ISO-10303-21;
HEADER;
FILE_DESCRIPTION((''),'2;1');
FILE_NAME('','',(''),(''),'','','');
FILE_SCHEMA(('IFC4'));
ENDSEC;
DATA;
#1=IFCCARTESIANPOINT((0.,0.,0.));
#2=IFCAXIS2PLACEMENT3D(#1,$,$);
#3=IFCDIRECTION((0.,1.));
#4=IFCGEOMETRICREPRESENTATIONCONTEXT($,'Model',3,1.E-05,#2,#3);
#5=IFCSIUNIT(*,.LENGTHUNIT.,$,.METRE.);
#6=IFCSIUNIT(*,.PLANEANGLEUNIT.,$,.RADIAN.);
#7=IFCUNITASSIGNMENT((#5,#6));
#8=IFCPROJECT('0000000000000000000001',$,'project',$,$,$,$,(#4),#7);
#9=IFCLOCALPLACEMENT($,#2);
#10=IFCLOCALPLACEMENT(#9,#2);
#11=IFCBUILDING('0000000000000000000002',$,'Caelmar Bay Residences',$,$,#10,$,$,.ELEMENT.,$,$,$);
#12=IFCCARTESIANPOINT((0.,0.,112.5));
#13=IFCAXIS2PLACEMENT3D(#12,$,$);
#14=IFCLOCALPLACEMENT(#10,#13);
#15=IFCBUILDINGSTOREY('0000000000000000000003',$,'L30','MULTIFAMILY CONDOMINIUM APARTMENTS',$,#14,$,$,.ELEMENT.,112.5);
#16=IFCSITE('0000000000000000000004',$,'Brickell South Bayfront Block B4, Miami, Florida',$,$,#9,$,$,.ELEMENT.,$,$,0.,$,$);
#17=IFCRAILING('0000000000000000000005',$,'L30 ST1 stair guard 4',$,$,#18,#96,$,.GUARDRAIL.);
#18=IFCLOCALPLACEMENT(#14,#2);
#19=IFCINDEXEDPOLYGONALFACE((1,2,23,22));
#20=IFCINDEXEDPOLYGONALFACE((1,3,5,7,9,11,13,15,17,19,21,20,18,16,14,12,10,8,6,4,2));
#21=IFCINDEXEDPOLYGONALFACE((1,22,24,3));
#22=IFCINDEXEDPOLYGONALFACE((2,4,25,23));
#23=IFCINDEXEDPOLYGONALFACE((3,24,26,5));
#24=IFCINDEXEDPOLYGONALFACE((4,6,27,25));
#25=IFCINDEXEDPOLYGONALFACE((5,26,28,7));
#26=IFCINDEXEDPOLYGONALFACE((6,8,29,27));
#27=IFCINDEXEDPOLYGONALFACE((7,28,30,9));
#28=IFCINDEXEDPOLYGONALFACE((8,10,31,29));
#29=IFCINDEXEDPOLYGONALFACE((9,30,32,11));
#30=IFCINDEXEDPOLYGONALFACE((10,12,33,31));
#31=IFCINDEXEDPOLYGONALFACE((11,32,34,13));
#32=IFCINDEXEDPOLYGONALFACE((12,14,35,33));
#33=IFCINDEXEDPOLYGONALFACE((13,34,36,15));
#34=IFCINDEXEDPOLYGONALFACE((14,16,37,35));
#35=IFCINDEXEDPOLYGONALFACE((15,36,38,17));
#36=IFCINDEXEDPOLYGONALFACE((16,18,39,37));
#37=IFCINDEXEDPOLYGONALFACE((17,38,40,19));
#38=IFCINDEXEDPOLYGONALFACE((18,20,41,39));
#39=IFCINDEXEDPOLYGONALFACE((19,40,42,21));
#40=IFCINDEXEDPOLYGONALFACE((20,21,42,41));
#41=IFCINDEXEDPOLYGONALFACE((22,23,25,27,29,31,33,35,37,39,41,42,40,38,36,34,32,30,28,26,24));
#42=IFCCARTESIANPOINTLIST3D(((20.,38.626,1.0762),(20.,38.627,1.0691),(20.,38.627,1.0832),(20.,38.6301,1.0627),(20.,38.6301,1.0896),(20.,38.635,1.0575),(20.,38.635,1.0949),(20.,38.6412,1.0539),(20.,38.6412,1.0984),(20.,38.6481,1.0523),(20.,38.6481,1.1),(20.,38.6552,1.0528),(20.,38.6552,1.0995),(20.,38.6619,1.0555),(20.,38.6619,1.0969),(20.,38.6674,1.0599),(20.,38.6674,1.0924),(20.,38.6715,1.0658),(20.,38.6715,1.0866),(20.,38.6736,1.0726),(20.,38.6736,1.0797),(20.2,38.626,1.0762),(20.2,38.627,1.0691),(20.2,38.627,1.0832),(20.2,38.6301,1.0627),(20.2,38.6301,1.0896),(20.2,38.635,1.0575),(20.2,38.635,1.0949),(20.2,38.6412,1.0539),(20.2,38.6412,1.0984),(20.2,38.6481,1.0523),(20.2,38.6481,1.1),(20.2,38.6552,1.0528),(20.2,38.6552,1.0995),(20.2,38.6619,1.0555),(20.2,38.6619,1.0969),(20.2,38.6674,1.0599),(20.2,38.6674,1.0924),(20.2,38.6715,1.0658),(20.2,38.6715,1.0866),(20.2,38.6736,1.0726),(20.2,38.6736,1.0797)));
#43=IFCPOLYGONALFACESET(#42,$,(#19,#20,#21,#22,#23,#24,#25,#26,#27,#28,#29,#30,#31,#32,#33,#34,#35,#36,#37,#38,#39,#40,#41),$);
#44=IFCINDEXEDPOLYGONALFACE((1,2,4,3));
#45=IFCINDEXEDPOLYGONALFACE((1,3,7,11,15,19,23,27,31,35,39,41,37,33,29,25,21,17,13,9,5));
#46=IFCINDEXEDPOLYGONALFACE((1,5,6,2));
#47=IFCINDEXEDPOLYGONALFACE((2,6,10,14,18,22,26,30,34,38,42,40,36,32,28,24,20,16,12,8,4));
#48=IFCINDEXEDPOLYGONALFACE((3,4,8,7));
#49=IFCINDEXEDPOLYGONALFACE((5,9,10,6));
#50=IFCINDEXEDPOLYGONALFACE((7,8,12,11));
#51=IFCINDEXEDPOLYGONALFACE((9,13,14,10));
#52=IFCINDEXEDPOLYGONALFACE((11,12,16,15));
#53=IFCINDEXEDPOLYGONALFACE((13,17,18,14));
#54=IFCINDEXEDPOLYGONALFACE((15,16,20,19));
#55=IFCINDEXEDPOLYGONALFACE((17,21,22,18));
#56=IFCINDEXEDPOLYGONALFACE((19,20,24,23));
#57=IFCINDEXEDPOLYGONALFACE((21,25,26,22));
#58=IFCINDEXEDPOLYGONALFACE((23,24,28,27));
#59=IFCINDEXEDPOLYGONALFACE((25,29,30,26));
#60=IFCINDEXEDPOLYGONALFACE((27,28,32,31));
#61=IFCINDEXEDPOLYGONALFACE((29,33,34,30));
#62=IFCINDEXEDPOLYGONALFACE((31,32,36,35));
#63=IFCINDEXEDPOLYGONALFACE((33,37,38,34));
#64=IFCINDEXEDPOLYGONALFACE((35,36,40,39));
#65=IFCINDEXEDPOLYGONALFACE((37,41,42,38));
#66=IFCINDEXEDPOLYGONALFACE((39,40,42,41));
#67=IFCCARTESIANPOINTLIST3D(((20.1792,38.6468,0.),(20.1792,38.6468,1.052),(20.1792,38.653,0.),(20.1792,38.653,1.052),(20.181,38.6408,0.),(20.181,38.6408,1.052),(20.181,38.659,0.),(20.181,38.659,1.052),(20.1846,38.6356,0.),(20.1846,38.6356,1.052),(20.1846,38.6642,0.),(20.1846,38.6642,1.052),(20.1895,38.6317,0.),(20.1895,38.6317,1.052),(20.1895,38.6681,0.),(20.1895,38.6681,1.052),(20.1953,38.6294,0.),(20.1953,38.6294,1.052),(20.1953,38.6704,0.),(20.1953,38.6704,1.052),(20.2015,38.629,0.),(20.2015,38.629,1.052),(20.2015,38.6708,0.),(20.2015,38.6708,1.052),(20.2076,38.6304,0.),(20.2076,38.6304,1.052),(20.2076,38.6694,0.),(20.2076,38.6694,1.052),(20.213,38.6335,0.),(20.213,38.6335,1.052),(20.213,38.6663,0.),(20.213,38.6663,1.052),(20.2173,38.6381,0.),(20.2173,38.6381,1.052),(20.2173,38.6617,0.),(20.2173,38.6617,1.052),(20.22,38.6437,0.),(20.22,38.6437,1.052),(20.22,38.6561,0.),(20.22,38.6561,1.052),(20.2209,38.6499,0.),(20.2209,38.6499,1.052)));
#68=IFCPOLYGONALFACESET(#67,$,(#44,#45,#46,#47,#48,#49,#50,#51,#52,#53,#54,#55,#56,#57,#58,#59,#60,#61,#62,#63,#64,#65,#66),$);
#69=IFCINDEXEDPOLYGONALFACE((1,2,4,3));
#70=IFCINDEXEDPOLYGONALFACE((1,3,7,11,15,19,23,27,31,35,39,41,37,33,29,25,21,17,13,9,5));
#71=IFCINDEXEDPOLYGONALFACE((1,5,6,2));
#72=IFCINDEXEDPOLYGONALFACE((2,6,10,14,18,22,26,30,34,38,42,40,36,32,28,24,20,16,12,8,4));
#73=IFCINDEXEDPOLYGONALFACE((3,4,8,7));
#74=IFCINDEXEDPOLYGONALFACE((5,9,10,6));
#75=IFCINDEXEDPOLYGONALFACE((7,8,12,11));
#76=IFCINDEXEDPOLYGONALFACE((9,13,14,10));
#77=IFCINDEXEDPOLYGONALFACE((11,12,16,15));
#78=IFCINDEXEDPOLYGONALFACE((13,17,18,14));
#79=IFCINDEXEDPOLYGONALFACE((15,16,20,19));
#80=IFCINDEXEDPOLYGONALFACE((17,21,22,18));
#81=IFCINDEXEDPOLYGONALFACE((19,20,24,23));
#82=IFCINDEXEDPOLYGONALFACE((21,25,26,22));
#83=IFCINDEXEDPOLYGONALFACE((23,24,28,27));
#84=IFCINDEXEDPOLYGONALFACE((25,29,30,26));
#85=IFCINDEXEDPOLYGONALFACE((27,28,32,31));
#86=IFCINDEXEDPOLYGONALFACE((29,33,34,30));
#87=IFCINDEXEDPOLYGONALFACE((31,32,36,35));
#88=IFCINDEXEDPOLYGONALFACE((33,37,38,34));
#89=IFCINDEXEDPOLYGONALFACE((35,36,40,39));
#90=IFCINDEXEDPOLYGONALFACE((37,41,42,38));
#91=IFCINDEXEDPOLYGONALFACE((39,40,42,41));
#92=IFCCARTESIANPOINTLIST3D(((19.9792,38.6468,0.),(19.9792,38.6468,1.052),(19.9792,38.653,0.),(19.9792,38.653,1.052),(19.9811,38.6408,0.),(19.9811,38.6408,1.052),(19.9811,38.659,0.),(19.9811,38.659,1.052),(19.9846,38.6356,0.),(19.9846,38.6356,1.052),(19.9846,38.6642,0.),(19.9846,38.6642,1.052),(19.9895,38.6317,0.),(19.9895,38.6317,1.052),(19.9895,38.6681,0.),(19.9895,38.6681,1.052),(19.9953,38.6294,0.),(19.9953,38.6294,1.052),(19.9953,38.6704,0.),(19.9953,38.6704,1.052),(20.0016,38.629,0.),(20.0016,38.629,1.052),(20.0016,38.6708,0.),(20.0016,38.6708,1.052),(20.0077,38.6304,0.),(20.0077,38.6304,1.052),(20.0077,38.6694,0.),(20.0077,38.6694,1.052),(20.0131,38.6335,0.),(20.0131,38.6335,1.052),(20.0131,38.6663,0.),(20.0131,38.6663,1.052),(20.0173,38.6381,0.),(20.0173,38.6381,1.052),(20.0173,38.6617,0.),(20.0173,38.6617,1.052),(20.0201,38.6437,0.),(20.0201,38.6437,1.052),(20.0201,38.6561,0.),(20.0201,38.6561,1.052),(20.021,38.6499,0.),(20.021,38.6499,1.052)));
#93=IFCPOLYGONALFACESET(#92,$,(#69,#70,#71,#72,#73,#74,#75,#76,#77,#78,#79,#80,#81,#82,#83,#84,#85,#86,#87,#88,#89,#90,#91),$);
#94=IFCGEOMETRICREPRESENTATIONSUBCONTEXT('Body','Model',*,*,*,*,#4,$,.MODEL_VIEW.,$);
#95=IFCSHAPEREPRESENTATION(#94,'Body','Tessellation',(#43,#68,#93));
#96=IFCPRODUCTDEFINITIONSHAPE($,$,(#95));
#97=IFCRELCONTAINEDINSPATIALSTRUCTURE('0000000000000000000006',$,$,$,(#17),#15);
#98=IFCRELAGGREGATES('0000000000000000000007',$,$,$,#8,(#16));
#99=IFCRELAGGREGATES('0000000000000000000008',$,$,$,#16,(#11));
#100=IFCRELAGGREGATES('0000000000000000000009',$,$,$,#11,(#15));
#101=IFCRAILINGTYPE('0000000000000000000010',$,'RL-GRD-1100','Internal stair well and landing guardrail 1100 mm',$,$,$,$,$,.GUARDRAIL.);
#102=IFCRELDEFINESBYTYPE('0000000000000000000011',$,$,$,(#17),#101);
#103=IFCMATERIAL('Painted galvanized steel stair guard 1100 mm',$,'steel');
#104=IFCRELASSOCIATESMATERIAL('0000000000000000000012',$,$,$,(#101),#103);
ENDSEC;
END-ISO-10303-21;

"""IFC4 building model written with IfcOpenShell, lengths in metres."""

from ifc_helpers import new_model, si_unit, direction, frame, origin, origin_2d, place, context, subcontext, project, spatial, circle, extrude, material, type_object, element, save


model = new_model("IFC4")

# Units and contexts
model_context = context("Model", 3, precision=1e-05, world=origin(), true_north=direction((0.0, 1.0)))
body_context = subcontext(model_context, "Body", "Model", "MODEL_VIEW")
ifc_project = project(units=[si_unit("LENGTHUNIT", "METRE"), si_unit("PLANEANGLEUNIT", "RADIAN")], contexts=[model_context])

# Site, building, storey
site_placement = place(None, origin())
site = spatial("IfcSite", under=ifc_project, at=site_placement, Name="Brickell South Bayfront Block B4, Miami, Florida", CompositionType="ELEMENT", RefElevation=0.0)
building_placement = place(site_placement, origin())
building = spatial("IfcBuilding", under=site, at=building_placement, Name="Caelmar Bay Residences", CompositionType="ELEMENT")
storey_placement = place(building_placement, frame((0.0, 0.0, 112.5)))
storey = spatial("IfcBuildingStorey", under=building, at=storey_placement, Name="L30", Description="MULTIFAMILY CONDOMINIUM APARTMENTS", CompositionType="ELEMENT", Elevation=112.5)

# Railing
ifc_material_1 = material(Name="Painted galvanized steel stair guard 1100 mm", Category="steel")
railing_type_1 = type_object("IfcRailingType", Name="RL-GRD-1100", Description="Internal stair well and landing guardrail 1100 mm", PredefinedType="GUARDRAIL", material=ifc_material_1)
railing_1_placement = place(storey_placement, frame((20.2, 38.6499, 0.0)))
element("IfcRailing", 1, at=railing_1_placement, inside=storey, type_object=railing_type_1, Name="L30 ST1 stair guard 4", PredefinedType="GUARDRAIL", context=body_context, shape_type="SweptSolid", body=[
    extrude(circle(Radius=0.0239, at=origin_2d()), frame((0.0, 0.0, 1.0762), z_axis=(-1.0, 0.0, 0.0), x_axis=(0.0, -1.0, 0.0)), (0.0, 0.0, 1.0), 0.2),
    extrude(circle(Radius=0.021, at=origin_2d()), origin(), (0.0, 0.0, 1.0), 1.052),
    extrude(circle(Radius=0.021, at=origin_2d()), frame((-0.2, 0.0, 0.0)), (0.0, 0.0, 1.0), 1.052),
])

save(model, "model.ifc")
